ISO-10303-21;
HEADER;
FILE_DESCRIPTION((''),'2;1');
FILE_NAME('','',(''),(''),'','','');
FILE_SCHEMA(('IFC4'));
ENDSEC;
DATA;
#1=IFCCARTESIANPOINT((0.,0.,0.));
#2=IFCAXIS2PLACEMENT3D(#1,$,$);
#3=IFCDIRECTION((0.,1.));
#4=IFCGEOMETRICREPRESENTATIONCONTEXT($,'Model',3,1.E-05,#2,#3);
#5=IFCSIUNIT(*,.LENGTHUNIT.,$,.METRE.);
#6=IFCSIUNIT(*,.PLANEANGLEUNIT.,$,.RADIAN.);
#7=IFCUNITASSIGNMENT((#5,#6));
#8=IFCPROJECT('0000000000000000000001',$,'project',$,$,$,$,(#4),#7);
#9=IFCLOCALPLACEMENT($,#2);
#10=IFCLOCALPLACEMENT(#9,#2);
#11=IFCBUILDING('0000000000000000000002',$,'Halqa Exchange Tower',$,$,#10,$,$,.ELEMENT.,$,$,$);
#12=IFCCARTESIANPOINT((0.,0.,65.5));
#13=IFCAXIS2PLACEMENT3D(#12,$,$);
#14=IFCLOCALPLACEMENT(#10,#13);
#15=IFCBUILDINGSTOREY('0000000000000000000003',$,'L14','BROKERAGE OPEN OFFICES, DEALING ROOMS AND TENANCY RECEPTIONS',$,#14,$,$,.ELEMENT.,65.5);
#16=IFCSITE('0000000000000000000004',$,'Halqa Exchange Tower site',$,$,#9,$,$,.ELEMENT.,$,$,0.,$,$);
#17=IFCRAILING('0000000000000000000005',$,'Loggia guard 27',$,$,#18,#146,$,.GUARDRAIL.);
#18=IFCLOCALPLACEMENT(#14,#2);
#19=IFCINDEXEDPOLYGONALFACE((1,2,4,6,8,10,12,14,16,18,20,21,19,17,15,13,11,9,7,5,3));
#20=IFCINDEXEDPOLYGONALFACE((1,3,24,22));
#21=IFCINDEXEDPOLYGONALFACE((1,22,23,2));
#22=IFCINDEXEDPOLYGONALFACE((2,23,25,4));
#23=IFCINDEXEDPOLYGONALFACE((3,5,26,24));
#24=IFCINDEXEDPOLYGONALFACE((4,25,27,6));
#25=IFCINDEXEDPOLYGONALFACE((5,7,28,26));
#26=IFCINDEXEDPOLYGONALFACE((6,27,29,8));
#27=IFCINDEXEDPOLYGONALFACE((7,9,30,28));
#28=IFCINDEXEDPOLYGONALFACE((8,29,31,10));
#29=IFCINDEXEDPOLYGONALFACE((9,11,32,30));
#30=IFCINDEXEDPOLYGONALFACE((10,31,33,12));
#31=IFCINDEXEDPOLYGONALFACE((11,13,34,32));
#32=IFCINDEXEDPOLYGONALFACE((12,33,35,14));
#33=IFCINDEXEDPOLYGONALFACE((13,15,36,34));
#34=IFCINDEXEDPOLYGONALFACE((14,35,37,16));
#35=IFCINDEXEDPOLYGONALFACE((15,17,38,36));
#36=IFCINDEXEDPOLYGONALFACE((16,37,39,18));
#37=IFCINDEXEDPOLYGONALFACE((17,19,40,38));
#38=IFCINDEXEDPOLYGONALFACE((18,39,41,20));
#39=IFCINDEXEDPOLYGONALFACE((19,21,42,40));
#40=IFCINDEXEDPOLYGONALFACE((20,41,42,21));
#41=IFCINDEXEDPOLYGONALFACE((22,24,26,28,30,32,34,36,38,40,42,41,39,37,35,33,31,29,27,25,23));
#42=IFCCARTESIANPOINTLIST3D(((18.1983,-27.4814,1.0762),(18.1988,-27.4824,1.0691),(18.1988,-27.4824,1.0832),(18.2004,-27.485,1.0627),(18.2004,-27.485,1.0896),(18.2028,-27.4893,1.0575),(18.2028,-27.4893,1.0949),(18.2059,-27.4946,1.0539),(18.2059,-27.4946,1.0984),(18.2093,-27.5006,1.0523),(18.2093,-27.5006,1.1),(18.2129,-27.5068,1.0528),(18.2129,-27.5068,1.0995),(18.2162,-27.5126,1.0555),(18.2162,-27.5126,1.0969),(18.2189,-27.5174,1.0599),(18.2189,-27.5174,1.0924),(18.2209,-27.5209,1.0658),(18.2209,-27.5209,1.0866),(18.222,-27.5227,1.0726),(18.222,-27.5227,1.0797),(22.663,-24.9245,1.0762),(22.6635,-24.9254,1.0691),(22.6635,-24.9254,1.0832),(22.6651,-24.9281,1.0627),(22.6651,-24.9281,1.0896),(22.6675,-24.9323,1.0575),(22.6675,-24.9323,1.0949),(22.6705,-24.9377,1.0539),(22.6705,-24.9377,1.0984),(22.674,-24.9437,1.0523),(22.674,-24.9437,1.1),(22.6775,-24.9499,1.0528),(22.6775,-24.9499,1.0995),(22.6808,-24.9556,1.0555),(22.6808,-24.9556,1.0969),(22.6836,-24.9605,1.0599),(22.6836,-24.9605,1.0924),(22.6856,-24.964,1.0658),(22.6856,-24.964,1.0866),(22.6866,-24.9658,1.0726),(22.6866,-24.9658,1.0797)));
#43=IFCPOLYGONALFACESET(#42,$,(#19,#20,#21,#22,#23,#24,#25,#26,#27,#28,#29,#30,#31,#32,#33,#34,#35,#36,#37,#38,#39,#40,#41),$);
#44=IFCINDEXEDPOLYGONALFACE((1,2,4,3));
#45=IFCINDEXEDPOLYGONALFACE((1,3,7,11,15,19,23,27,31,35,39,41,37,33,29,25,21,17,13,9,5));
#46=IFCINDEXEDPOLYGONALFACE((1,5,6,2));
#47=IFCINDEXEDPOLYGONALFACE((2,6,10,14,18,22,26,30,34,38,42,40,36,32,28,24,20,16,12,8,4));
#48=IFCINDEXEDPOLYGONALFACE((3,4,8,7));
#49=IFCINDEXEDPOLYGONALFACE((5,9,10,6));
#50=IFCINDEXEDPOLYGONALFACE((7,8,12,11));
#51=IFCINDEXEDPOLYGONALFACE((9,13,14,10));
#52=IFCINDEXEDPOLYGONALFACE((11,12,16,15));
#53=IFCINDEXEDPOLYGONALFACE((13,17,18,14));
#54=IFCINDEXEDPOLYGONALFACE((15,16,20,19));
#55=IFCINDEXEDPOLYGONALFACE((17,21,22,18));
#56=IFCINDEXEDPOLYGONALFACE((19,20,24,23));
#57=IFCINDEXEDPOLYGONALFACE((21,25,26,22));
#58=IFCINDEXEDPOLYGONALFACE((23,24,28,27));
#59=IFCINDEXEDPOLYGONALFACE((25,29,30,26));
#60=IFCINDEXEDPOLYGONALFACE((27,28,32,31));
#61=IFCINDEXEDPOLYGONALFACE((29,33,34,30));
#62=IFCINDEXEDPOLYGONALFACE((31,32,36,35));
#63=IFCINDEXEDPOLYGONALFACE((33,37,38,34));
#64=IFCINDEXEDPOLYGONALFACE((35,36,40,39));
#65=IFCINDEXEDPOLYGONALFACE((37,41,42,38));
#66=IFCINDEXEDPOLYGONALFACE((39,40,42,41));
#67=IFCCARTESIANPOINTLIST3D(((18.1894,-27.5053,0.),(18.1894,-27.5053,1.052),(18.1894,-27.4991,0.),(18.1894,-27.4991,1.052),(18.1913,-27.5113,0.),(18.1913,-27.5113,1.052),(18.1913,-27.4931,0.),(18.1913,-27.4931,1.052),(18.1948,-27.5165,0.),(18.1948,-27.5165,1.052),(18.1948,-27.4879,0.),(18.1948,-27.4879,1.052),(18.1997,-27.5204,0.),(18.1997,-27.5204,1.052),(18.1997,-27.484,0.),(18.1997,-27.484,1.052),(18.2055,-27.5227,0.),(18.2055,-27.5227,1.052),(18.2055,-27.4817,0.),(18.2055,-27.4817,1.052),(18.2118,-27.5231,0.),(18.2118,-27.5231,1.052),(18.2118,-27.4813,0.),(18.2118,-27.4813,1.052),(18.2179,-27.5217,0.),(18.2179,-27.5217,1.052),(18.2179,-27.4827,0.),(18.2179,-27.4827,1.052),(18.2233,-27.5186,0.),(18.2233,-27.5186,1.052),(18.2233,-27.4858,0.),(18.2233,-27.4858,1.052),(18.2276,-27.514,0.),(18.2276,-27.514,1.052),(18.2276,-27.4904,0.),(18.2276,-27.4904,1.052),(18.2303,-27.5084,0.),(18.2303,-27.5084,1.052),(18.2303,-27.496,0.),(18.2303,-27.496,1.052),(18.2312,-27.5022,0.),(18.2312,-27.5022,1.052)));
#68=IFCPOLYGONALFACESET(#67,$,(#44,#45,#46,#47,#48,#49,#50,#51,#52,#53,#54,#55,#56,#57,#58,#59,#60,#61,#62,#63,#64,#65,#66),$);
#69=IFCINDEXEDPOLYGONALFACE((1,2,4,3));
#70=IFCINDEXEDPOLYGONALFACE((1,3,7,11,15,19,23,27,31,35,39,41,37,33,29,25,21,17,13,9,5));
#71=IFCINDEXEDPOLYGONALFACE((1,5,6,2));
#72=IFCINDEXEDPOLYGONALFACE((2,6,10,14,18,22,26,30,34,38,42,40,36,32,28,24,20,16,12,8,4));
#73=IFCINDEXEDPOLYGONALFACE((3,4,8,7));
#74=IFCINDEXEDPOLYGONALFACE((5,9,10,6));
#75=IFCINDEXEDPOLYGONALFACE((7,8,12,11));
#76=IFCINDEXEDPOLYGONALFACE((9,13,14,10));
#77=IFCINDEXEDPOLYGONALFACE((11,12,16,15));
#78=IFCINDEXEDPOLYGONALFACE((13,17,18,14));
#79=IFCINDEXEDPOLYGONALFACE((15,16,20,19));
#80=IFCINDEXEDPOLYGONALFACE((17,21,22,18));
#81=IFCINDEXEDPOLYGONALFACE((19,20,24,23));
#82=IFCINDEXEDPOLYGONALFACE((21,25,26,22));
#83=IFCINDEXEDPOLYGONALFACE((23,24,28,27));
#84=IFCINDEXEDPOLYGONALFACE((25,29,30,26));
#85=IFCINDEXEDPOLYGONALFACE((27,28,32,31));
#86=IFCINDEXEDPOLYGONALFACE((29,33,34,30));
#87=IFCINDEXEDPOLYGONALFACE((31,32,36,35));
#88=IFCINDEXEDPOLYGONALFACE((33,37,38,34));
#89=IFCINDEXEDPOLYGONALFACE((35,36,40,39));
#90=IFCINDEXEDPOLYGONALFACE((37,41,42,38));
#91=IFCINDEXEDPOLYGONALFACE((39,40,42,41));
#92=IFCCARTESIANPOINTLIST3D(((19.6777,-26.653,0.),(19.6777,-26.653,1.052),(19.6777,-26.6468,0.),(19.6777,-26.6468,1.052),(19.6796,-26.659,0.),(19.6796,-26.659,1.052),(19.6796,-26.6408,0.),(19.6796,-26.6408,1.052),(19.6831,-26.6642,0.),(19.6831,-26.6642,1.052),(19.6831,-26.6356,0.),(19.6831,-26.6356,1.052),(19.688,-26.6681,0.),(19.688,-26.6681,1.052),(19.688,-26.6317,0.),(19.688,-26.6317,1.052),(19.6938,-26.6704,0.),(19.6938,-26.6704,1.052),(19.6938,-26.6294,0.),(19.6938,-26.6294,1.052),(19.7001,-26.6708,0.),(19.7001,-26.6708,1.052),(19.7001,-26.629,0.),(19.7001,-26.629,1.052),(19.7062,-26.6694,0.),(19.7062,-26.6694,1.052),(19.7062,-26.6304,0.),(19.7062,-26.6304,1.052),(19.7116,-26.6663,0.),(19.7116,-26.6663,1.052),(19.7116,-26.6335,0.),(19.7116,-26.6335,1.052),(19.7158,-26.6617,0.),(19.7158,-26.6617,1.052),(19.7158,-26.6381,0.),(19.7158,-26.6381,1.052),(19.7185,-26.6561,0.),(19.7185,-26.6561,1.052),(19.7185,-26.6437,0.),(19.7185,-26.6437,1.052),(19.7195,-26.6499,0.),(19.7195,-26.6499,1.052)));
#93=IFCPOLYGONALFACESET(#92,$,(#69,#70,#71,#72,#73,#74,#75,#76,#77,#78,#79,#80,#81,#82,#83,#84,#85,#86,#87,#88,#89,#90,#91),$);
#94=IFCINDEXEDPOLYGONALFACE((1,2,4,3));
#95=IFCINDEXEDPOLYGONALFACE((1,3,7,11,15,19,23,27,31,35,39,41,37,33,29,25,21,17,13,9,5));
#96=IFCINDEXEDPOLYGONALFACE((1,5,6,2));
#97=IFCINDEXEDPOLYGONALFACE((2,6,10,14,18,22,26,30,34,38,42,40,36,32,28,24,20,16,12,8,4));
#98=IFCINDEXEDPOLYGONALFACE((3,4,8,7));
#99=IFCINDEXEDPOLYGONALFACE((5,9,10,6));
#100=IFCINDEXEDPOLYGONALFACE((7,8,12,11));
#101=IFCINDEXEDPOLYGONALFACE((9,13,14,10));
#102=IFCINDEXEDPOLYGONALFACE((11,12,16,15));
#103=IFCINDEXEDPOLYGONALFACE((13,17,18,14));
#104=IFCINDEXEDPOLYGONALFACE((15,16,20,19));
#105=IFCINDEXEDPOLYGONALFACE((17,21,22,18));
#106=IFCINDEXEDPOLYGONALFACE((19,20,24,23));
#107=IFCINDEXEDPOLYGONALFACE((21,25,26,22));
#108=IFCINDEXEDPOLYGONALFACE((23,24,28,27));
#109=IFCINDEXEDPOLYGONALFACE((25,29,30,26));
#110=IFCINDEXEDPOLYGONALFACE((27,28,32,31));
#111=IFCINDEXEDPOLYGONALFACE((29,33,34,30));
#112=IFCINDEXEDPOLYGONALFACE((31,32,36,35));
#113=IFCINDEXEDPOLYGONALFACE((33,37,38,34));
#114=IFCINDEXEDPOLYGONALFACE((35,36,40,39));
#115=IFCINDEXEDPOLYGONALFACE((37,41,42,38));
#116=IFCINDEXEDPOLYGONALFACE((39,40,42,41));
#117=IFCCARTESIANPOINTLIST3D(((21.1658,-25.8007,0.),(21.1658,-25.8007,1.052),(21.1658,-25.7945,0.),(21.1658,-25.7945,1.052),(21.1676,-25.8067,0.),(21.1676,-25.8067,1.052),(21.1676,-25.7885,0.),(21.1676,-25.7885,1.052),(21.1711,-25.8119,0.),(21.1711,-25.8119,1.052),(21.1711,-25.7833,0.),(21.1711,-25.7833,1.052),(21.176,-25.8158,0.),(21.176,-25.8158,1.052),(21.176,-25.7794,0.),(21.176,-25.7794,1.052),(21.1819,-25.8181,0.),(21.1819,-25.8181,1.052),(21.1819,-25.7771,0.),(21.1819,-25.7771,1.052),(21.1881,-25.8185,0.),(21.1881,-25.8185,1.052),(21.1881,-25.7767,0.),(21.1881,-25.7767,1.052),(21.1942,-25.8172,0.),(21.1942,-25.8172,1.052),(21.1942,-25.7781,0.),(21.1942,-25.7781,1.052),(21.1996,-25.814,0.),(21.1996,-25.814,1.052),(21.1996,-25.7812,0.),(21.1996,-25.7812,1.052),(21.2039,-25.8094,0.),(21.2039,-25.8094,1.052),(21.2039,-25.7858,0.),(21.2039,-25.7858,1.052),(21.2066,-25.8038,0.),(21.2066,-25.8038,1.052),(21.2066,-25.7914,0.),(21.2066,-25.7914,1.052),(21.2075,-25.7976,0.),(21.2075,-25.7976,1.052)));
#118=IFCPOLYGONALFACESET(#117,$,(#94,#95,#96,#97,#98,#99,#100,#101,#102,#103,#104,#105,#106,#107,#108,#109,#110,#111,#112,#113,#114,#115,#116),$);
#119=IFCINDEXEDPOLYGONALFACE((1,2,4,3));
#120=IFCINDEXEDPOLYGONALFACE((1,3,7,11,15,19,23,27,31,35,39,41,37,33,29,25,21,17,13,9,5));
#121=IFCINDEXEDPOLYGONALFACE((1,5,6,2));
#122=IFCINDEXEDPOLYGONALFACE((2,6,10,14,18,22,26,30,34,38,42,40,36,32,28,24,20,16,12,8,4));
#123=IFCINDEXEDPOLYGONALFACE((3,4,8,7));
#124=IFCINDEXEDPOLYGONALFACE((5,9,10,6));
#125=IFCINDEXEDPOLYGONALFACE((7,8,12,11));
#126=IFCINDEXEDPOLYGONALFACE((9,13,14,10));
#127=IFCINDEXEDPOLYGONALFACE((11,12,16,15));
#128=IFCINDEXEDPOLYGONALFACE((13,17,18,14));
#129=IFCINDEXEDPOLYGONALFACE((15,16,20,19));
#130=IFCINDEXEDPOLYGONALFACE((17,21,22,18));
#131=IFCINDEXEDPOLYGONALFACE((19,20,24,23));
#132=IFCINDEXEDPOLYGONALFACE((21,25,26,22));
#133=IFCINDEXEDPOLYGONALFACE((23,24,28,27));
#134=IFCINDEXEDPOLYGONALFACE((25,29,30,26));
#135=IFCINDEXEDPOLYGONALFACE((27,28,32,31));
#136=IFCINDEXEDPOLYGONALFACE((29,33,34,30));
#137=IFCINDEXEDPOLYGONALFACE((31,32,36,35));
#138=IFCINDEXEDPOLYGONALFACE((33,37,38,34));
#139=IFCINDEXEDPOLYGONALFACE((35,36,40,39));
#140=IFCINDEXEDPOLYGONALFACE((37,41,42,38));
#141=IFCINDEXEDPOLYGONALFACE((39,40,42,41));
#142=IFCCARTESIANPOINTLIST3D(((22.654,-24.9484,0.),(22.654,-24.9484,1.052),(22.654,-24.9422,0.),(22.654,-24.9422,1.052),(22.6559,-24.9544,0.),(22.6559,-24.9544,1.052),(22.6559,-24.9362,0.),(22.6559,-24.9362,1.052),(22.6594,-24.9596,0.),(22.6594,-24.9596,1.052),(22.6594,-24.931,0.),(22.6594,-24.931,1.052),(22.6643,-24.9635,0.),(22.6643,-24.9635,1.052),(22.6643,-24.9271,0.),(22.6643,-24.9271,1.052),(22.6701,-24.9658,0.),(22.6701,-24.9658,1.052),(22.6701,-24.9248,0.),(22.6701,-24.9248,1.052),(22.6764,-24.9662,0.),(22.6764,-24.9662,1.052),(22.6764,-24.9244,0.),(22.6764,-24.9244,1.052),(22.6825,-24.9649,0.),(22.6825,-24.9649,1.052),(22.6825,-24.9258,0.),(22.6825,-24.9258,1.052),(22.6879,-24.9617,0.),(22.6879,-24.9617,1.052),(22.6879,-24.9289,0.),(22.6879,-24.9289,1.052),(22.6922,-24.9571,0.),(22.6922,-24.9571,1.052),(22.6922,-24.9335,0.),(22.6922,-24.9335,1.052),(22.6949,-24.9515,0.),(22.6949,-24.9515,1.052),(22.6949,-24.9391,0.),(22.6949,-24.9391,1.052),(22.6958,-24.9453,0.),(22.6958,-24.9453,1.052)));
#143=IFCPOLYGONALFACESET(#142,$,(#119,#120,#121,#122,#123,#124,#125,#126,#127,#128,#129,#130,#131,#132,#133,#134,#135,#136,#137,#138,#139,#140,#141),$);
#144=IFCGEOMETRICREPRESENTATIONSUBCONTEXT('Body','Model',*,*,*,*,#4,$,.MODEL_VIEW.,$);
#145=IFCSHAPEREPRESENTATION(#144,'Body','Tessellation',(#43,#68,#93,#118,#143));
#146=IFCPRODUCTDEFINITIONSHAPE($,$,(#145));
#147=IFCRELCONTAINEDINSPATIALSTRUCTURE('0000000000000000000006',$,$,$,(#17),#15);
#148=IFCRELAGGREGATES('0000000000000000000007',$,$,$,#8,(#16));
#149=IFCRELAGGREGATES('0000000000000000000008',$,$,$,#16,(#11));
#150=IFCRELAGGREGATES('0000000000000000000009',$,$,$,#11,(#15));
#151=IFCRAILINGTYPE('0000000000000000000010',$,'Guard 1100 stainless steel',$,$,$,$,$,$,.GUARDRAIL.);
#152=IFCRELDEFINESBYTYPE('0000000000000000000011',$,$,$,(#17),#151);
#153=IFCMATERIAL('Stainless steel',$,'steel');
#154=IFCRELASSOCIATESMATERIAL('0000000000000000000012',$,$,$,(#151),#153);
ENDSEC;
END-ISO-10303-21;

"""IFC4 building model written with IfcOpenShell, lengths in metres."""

from ifc_helpers import new_model, si_unit, direction, frame, origin, origin_2d, place, context, subcontext, project, spatial, circle, extrude, material, type_object, element, save


model = new_model("IFC4")

# Units and contexts
model_context = context("Model", 3, precision=1e-05, world=origin(), true_north=direction((0.0, 1.0)))
body_context = subcontext(model_context, "Body", "Model", "MODEL_VIEW")
ifc_project = project(units=[si_unit("LENGTHUNIT", "METRE"), si_unit("PLANEANGLEUNIT", "RADIAN")], contexts=[model_context])

# Site, building, storey
site_placement = place(None, origin())
site = spatial("IfcSite", under=ifc_project, at=site_placement, Name="Halqa Exchange Tower site", CompositionType="ELEMENT", RefElevation=0.0)
building_placement = place(site_placement, origin())
building = spatial("IfcBuilding", under=site, at=building_placement, Name="Halqa Exchange Tower", CompositionType="ELEMENT")
storey_placement = place(building_placement, frame((0.0, 0.0, 65.5)))
storey = spatial("IfcBuildingStorey", under=building, at=storey_placement, Name="L14", Description="BROKERAGE OPEN OFFICES, DEALING ROOMS AND TENANCY RECEPTIONS", CompositionType="ELEMENT", Elevation=65.5)

# Railing
ifc_material_1 = material(Name="Stainless steel", Category="steel")
railing_type = type_object("IfcRailingType", Name="Guard 1100 stainless steel", PredefinedType="GUARDRAIL", material=ifc_material_1)
railing_1_placement = place(storey_placement, frame((18.2102, -27.5022, 0.0)))
element("IfcRailing", 1, at=railing_1_placement, inside=storey, type_object=railing_type, Name="Loggia guard 27", PredefinedType="GUARDRAIL", context=body_context, shape_type="SweptSolid", body=[
    extrude(circle(Radius=0.0239, at=origin_2d()), frame((0.0, 0.0, 1.0762), z_axis=(0.867767, 0.496972, 0.0), x_axis=(-0.496972, 0.867767, 0.0)), (0.0, 0.0, 1.0), 5.145),
    extrude(circle(Radius=0.021, at=origin_2d()), origin(), (0.0, 0.0, 1.0), 1.052),
    extrude(circle(Radius=0.021, at=origin_2d()), frame((1.4883, 0.8523, 0.0)), (0.0, 0.0, 1.0), 1.052),
    extrude(circle(Radius=0.021, at=origin_2d()), frame((2.9763, 1.7046, 0.0)), (0.0, 0.0, 1.0), 1.052),
    extrude(circle(Radius=0.021, at=origin_2d()), frame((4.4646, 2.5569, 0.0)), (0.0, 0.0, 1.0), 1.052),
])

save(model, "model.ifc")
